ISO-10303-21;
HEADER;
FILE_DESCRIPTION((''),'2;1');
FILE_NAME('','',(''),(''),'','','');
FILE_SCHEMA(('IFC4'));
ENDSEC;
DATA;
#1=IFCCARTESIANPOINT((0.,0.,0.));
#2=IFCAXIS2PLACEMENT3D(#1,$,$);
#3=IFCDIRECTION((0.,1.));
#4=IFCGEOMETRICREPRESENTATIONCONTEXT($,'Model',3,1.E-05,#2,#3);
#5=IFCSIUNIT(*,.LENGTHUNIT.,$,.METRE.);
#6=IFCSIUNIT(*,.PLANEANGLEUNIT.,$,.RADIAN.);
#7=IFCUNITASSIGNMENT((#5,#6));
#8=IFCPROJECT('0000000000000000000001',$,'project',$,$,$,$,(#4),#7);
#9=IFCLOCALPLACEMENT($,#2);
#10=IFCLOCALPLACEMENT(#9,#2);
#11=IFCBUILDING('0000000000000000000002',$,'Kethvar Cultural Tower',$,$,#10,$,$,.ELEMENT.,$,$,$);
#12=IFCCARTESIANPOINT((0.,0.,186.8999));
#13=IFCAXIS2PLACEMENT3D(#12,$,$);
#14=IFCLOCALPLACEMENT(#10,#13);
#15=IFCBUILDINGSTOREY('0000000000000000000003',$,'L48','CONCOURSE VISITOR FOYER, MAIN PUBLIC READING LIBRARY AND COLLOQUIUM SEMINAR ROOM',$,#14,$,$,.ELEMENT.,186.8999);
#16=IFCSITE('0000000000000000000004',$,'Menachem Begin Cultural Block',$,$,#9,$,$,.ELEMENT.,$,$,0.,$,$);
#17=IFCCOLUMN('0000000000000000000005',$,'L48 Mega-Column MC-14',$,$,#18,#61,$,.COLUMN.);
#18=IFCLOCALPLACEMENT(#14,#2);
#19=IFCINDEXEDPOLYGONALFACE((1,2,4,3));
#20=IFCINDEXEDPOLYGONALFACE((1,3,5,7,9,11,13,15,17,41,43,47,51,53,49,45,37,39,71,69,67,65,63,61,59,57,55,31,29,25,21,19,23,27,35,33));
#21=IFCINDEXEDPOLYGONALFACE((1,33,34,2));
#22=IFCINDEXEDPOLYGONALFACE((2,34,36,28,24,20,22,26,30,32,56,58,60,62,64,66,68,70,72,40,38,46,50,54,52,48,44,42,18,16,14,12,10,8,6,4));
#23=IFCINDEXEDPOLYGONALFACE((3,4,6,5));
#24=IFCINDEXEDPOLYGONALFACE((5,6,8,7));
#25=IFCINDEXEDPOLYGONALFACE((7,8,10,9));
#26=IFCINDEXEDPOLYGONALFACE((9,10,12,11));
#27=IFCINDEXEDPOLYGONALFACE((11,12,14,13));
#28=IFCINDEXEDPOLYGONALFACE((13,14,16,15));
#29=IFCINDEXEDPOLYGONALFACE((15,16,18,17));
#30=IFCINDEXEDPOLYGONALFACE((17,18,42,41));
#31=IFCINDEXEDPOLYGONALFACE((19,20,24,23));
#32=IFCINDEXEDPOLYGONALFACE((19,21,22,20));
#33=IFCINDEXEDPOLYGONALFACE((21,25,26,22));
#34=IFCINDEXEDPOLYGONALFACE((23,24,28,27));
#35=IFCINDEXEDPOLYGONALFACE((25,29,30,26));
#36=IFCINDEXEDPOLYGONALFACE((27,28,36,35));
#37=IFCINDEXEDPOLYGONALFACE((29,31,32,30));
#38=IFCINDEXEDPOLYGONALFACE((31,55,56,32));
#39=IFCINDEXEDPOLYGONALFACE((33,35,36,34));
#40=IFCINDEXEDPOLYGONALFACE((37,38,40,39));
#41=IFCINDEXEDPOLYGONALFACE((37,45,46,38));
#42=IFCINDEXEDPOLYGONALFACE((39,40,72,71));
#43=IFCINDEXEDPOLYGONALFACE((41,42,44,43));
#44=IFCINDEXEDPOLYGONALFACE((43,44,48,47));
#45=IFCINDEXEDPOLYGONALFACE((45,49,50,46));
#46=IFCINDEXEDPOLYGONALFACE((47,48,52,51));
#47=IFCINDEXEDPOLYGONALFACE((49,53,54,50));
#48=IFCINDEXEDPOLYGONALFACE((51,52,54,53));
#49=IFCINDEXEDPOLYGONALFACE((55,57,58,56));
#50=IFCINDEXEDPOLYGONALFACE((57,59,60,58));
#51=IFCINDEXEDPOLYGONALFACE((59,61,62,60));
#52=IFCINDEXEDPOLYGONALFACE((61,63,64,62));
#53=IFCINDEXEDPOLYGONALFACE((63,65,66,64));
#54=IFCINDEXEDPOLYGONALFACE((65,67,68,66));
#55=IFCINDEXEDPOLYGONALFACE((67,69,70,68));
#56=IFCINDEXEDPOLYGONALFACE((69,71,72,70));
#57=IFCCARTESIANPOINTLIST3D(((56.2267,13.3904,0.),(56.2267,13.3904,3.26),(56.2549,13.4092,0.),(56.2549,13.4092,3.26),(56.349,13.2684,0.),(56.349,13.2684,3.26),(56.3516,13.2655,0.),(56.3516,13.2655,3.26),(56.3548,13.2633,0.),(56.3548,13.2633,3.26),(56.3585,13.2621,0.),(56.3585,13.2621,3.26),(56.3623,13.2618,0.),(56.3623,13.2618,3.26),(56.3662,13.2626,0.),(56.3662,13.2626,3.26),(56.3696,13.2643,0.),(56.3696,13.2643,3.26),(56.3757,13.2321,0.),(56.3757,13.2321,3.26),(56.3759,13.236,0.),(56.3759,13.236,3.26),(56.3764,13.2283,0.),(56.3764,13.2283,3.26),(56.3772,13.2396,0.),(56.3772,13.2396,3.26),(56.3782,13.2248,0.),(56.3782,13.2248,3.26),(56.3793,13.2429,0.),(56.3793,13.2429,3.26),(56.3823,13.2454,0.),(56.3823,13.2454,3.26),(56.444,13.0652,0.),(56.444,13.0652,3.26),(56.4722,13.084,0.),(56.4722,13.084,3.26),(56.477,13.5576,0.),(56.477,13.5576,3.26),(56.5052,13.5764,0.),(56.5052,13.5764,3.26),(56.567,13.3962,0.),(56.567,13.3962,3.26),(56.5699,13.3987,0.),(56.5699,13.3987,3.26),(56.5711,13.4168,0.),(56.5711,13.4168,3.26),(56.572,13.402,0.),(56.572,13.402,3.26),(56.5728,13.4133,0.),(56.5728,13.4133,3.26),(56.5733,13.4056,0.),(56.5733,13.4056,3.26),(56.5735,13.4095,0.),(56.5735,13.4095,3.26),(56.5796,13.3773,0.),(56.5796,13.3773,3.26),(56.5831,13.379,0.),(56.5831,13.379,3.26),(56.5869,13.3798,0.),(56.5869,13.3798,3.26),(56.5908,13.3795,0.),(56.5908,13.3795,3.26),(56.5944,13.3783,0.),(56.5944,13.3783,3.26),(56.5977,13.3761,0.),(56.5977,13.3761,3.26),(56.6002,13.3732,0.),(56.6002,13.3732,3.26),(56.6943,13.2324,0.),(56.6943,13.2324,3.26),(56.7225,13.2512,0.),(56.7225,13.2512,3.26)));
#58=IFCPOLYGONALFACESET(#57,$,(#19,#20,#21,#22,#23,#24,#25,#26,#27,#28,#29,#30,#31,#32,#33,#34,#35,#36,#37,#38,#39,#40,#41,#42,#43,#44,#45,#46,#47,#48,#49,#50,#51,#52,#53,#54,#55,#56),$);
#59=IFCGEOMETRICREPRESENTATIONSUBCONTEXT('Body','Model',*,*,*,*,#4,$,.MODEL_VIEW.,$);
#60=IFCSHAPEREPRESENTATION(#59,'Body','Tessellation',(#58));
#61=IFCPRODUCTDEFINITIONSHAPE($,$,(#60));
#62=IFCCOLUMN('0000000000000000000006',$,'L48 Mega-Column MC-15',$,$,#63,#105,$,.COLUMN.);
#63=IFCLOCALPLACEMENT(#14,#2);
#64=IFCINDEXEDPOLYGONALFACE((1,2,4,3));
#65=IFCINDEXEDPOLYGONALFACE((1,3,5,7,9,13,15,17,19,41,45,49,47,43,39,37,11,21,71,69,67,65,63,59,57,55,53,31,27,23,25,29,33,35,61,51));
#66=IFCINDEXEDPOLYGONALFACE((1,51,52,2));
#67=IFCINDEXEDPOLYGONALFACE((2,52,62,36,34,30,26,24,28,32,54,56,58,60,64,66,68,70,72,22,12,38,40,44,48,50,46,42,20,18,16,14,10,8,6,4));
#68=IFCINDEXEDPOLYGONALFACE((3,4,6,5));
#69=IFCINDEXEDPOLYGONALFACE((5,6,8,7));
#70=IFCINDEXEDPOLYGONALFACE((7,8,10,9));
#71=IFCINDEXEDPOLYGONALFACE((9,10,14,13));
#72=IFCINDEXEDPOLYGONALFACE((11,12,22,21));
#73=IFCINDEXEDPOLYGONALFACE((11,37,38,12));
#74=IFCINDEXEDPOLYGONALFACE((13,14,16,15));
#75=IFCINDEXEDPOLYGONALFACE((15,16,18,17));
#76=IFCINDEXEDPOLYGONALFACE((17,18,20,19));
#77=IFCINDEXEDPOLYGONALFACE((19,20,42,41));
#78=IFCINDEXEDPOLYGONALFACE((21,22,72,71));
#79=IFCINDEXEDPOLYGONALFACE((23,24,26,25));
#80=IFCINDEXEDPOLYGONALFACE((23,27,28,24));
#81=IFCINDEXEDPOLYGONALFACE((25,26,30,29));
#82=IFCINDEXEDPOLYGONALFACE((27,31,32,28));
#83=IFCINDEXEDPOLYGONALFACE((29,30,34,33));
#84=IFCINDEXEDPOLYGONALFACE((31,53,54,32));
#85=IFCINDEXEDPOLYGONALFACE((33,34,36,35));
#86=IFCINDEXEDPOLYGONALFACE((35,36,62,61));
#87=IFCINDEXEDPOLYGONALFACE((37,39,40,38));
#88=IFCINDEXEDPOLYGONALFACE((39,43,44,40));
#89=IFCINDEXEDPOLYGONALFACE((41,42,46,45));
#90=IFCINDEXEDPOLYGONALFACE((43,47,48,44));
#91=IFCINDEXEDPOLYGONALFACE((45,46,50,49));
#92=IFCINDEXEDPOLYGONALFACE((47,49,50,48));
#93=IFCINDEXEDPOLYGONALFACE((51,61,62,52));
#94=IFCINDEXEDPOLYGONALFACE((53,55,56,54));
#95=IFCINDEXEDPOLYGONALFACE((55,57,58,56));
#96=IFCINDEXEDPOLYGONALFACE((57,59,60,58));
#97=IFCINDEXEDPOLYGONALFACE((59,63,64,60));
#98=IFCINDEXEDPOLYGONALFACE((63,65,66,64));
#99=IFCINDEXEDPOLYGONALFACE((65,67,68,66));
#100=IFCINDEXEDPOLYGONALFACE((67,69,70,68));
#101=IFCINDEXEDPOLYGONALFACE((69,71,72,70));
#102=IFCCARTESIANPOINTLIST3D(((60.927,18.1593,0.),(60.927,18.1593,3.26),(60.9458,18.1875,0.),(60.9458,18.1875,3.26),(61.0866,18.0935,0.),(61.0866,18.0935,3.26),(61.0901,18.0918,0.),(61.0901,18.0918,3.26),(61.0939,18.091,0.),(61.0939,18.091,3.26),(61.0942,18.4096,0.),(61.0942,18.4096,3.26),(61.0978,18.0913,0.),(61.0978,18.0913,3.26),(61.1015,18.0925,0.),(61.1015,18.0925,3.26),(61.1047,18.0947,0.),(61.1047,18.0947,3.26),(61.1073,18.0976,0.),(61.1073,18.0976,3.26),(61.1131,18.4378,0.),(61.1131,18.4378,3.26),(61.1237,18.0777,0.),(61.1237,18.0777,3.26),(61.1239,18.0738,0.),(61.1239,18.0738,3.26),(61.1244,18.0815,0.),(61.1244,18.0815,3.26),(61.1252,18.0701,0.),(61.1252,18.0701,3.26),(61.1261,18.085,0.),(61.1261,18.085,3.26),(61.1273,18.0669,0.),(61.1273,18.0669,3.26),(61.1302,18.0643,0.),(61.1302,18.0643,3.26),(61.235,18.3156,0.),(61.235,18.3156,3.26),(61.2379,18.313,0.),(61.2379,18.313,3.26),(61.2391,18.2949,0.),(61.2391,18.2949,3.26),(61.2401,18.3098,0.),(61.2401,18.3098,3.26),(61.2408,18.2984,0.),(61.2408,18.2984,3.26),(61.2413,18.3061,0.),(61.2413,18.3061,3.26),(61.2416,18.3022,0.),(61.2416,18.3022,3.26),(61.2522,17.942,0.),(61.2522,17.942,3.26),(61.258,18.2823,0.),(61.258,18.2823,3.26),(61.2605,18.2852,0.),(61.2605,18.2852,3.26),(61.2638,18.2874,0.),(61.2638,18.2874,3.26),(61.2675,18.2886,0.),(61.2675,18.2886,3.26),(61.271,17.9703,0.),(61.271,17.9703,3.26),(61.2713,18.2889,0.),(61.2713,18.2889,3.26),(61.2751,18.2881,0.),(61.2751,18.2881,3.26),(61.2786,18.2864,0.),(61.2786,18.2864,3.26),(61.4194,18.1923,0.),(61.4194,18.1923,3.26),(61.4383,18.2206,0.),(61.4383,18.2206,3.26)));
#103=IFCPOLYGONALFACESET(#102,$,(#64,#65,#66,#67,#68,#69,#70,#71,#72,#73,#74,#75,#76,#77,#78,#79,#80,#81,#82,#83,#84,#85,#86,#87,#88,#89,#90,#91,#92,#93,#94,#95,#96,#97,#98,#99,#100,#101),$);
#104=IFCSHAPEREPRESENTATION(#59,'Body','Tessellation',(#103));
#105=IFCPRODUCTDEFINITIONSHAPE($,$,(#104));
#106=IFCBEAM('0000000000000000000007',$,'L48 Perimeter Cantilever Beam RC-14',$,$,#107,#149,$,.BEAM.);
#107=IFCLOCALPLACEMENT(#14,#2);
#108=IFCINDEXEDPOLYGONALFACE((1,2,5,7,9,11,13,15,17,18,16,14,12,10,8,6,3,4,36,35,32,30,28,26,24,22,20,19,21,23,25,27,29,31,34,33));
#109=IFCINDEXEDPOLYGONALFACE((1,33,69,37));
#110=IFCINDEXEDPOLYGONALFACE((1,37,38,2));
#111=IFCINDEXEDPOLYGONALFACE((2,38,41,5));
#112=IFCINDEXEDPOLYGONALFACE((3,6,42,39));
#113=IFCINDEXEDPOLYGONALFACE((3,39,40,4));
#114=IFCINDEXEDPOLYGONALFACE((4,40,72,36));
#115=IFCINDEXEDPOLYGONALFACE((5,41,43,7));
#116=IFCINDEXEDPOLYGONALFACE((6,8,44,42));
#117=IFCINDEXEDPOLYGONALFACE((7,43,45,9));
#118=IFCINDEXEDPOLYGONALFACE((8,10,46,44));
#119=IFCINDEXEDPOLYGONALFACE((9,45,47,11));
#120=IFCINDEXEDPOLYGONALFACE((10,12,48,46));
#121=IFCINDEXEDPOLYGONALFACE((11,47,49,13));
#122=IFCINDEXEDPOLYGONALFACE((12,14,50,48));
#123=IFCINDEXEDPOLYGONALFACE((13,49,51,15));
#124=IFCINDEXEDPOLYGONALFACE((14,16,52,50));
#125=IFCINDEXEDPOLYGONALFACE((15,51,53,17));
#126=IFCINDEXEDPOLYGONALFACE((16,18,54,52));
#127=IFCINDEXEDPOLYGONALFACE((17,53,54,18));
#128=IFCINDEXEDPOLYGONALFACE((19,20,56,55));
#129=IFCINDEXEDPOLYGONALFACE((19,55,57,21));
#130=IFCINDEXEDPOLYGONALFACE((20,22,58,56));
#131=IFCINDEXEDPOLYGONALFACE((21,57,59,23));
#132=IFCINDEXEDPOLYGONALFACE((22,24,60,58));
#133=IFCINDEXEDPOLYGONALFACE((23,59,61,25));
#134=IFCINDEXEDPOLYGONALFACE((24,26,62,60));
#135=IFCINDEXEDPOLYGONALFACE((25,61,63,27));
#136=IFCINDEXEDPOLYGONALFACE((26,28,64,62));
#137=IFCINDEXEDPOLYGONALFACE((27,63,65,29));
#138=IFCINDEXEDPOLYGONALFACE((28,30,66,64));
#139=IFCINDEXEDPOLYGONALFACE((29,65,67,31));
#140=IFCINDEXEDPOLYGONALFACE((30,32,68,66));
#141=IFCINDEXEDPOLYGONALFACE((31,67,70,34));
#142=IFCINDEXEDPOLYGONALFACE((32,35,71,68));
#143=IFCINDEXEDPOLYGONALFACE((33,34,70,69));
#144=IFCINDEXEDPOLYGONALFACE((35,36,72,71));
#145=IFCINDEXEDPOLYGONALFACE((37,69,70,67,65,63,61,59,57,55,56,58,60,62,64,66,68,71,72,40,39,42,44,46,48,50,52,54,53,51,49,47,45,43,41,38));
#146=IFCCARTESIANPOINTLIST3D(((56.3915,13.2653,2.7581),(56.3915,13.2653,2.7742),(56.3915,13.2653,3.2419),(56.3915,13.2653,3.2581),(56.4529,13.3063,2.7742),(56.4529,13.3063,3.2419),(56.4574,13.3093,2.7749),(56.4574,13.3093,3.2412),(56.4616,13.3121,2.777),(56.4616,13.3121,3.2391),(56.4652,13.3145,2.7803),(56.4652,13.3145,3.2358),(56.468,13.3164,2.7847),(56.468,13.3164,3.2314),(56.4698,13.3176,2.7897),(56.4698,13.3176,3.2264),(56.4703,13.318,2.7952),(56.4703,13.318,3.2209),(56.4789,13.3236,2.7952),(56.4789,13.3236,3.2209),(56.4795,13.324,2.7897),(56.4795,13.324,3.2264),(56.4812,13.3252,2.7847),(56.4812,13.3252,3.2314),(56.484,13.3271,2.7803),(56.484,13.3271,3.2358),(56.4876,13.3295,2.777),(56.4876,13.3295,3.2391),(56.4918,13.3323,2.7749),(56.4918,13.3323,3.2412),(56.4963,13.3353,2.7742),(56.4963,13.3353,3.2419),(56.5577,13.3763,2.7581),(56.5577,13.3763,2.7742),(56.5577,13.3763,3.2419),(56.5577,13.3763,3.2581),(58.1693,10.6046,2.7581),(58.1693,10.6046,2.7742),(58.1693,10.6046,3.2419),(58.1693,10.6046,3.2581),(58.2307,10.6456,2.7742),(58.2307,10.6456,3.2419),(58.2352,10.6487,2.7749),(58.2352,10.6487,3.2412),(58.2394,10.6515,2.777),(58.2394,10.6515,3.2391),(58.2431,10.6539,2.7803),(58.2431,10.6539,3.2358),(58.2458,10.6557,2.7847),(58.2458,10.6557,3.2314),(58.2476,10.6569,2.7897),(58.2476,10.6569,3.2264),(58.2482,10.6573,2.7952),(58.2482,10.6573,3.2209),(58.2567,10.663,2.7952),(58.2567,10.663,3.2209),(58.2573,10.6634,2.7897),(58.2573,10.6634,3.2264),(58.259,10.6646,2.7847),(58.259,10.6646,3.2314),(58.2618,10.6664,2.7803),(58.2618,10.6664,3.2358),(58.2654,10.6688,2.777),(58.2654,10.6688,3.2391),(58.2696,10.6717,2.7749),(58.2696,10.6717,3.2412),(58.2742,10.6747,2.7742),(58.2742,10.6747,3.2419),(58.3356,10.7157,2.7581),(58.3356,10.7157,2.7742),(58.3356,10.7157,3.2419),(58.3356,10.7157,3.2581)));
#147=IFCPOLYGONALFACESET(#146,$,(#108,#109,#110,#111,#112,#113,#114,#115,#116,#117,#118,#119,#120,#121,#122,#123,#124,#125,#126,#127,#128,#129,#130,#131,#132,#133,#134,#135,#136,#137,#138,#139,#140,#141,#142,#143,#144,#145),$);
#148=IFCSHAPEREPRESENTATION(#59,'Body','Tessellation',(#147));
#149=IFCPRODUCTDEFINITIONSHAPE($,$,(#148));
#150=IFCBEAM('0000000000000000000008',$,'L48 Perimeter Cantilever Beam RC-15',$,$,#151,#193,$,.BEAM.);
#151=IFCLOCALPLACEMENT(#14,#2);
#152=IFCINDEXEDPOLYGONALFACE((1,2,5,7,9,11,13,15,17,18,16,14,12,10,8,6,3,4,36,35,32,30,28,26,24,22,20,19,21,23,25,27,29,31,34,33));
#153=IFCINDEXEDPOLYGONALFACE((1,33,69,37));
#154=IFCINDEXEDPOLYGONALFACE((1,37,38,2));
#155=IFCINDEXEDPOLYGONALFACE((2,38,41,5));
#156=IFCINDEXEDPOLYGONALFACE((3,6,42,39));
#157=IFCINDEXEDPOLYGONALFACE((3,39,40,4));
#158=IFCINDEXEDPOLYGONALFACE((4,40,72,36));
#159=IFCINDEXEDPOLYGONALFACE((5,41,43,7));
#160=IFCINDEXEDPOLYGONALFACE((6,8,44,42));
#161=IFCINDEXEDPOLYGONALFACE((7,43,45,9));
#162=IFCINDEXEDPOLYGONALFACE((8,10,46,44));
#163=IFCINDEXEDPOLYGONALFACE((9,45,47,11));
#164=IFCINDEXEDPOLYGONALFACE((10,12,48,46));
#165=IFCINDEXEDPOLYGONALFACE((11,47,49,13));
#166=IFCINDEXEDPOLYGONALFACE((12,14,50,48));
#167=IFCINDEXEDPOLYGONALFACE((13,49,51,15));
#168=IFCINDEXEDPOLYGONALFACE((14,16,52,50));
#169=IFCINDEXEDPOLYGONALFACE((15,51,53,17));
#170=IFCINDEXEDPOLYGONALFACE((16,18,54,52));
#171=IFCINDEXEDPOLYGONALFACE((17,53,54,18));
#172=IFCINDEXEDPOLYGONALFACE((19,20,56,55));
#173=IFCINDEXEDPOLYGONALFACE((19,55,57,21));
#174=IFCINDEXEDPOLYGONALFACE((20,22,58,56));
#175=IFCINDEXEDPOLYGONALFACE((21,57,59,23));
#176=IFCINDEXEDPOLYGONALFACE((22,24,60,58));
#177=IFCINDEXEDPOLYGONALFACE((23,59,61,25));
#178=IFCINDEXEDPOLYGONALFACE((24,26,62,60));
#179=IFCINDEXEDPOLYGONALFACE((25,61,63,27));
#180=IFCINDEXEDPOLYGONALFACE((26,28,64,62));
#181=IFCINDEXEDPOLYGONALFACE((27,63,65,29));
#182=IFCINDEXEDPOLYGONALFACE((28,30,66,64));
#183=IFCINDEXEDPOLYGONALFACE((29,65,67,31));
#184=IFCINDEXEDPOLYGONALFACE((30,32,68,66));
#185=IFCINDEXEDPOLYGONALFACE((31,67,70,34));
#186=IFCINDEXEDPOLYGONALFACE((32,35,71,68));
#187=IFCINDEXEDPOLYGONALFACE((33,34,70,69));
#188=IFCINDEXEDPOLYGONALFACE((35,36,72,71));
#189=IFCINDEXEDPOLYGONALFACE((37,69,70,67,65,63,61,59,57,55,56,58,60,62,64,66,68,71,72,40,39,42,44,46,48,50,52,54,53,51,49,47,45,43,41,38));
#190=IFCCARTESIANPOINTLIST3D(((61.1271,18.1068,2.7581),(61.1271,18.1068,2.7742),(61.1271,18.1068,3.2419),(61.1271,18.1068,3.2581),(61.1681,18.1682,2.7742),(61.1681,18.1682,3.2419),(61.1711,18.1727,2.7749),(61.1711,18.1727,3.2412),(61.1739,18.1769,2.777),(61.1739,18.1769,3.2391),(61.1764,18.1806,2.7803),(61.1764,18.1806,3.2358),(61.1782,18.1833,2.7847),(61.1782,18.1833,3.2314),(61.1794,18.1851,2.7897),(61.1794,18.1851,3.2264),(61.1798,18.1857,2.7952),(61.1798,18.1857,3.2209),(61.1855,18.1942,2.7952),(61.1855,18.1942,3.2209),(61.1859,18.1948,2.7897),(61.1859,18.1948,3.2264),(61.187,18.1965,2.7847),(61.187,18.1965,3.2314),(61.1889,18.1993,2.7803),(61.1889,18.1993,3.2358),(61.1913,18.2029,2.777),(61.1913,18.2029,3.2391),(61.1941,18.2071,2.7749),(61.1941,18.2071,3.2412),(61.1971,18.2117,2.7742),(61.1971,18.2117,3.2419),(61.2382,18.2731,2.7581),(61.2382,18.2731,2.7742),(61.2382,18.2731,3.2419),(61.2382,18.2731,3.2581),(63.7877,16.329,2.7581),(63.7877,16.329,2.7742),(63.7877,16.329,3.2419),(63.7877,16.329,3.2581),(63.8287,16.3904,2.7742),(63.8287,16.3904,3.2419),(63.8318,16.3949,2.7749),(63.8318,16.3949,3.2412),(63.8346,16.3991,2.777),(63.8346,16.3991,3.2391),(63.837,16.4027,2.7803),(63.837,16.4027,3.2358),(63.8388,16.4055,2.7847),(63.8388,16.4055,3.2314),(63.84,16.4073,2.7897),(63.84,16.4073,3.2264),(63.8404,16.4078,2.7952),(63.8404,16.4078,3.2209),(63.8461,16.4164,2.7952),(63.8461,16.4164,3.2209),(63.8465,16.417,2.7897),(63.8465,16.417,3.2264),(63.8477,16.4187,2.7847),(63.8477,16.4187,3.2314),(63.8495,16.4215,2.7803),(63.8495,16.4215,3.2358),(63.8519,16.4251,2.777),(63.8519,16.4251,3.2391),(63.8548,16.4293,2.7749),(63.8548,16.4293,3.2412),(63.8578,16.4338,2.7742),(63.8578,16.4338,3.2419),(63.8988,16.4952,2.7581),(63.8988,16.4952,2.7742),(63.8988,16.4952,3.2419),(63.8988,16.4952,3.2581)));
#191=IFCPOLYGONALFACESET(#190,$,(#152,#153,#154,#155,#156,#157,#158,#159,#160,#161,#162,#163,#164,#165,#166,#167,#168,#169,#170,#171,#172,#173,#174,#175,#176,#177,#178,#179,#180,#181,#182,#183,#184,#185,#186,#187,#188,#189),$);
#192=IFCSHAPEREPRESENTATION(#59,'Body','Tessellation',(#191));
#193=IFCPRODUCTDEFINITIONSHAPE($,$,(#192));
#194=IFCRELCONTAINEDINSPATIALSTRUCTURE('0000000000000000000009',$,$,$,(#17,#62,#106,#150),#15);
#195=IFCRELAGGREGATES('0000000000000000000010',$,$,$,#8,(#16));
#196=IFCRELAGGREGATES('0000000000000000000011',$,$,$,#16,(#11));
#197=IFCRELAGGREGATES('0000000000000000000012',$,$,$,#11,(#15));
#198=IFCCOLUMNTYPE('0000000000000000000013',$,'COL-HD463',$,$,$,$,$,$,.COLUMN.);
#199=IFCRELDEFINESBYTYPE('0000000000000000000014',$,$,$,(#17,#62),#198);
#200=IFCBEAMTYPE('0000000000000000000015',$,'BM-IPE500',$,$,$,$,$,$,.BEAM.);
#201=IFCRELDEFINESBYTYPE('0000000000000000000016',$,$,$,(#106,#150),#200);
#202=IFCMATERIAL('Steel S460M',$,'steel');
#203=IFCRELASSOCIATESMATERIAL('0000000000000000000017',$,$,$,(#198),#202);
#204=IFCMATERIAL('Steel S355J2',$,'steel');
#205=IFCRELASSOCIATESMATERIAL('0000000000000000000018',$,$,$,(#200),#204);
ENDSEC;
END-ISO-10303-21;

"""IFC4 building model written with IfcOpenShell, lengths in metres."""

from ifc_helpers import new_model, si_unit, direction, frame, origin, origin_2d, place, context, subcontext, project, spatial, i_section, extrude, source, transform, mapped, material, material_profile, profile_set, type_object, element, save


model = new_model("IFC4")

# Units and contexts
model_context = context("Model", 3, precision=1e-05, world=origin(), true_north=direction((0.0, 1.0)))
body_context = subcontext(model_context, "Body", "Model", "MODEL_VIEW")
ifc_project = project(units=[si_unit("LENGTHUNIT", "METRE"), si_unit("PLANEANGLEUNIT", "RADIAN")], contexts=[model_context])

# Site, building, storey
site_placement = place(None, origin())
site = spatial("IfcSite", under=ifc_project, at=site_placement, Name="Menachem Begin Cultural Block", CompositionType="ELEMENT", RefElevation=0.0)
building_placement = place(site_placement, origin())
building = spatial("IfcBuilding", under=site, at=building_placement, Name="Kethvar Cultural Tower", CompositionType="ELEMENT")
storey_placement = place(building_placement, frame((0.0, 0.0, 186.8999)))
storey = spatial("IfcBuildingStorey", under=building, at=storey_placement, Name="L48", Description="CONCOURSE VISITOR FOYER, MAIN PUBLIC READING LIBRARY AND COLLOQUIUM SEMINAR ROOM", CompositionType="ELEMENT", Elevation=186.8999)

# Columns
ifc_material_1 = material(Name="Steel S460M", Category="steel")
ifc_material_profile_1 = material_profile(ifc_material_1, i_section(OverallWidth=0.3911, OverallDepth=0.335, WebThickness=0.0227, FlangeThickness=0.0339, FilletRadius=0.0149, at=origin_2d()), Name="Steel S460M — HD400x463")
ifc_profile_set_1 = profile_set([ifc_material_profile_1], Name="Steel S460M — HD400x463")
column_type = type_object("IfcColumnType", Name="COL-HD463", PredefinedType="COLUMN", material=ifc_profile_set_1)
shared_shape_1 = source(origin(), body_context, "Body", "SweptSolid", [
    extrude(i_section(OverallWidth=0.3911, OverallDepth=0.335, WebThickness=0.0227, FlangeThickness=0.0339, FilletRadius=0.0149, at=origin_2d()), origin(), (0.0, 0.0, 1.0), 3.26),
])
for number, where, z_axis, x_axis, name in (
    (1, (56.4746, 13.3208, 0.0), (0.0, 0.0, 1.0), (0.55557, -0.83147, 0.0), "L48 Mega-Column MC-14"),
    (2, (61.1826, 18.1899, 0.0), (0.0, 0.0, 1.0), (0.83147, -0.55557, 0.0), "L48 Mega-Column MC-15"),
):
    element("IfcColumn", number, at=place(storey_placement, frame(where, z_axis=z_axis, x_axis=x_axis)), inside=storey, type_object=column_type, Name=name, PredefinedType="COLUMN", context=body_context, shape_type="MappedRepresentation", body=[
        mapped(shared_shape_1, transform((0.0, 0.0, 0.0), scale=1.0)),
    ])

# Beams
ifc_material_2 = material(Name="Steel S355J2", Category="steel")
ifc_material_profile_2 = material_profile(ifc_material_2, i_section(OverallWidth=0.2, OverallDepth=0.5, WebThickness=0.0103, FlangeThickness=0.0161, FilletRadius=0.021, at=origin_2d()), Name="Steel S355J2 — IPE500")
ifc_profile_set_2 = profile_set([ifc_material_profile_2], Name="Steel S355J2 — IPE500")
beam_type_1 = type_object("IfcBeamType", Name="BM-IPE500", PredefinedType="BEAM", material=ifc_profile_set_2)
shared_shape_2 = source(origin(), body_context, "Body", "SweptSolid", [
    extrude(i_section(OverallWidth=0.2, OverallDepth=0.5, WebThickness=0.0103, FlangeThickness=0.0161, FilletRadius=0.021, at=origin_2d()), origin(), (0.0, 0.0, 1.0), 3.2),
])
for number, where, z_axis, x_axis, name in (
    (3, (56.4746, 13.3208, 3.0081), (0.55558, -0.831463, 0.0), (0.831463, 0.55558, 0.0), "L48 Perimeter Cantilever Beam RC-14"),
    (4, (61.1826, 18.1899, 3.0081), (0.831463, -0.55558, 0.0), (0.55558, 0.831463, 0.0), "L48 Perimeter Cantilever Beam RC-15"),
):
    element("IfcBeam", number, at=place(storey_placement, frame(where, z_axis=z_axis, x_axis=x_axis)), inside=storey, type_object=beam_type_1, Name=name, PredefinedType="BEAM", context=body_context, shape_type="MappedRepresentation", body=[
        mapped(shared_shape_2, transform((0.0, 0.0, 0.0), scale=1.0)),
    ])

save(model, "model.ifc")
